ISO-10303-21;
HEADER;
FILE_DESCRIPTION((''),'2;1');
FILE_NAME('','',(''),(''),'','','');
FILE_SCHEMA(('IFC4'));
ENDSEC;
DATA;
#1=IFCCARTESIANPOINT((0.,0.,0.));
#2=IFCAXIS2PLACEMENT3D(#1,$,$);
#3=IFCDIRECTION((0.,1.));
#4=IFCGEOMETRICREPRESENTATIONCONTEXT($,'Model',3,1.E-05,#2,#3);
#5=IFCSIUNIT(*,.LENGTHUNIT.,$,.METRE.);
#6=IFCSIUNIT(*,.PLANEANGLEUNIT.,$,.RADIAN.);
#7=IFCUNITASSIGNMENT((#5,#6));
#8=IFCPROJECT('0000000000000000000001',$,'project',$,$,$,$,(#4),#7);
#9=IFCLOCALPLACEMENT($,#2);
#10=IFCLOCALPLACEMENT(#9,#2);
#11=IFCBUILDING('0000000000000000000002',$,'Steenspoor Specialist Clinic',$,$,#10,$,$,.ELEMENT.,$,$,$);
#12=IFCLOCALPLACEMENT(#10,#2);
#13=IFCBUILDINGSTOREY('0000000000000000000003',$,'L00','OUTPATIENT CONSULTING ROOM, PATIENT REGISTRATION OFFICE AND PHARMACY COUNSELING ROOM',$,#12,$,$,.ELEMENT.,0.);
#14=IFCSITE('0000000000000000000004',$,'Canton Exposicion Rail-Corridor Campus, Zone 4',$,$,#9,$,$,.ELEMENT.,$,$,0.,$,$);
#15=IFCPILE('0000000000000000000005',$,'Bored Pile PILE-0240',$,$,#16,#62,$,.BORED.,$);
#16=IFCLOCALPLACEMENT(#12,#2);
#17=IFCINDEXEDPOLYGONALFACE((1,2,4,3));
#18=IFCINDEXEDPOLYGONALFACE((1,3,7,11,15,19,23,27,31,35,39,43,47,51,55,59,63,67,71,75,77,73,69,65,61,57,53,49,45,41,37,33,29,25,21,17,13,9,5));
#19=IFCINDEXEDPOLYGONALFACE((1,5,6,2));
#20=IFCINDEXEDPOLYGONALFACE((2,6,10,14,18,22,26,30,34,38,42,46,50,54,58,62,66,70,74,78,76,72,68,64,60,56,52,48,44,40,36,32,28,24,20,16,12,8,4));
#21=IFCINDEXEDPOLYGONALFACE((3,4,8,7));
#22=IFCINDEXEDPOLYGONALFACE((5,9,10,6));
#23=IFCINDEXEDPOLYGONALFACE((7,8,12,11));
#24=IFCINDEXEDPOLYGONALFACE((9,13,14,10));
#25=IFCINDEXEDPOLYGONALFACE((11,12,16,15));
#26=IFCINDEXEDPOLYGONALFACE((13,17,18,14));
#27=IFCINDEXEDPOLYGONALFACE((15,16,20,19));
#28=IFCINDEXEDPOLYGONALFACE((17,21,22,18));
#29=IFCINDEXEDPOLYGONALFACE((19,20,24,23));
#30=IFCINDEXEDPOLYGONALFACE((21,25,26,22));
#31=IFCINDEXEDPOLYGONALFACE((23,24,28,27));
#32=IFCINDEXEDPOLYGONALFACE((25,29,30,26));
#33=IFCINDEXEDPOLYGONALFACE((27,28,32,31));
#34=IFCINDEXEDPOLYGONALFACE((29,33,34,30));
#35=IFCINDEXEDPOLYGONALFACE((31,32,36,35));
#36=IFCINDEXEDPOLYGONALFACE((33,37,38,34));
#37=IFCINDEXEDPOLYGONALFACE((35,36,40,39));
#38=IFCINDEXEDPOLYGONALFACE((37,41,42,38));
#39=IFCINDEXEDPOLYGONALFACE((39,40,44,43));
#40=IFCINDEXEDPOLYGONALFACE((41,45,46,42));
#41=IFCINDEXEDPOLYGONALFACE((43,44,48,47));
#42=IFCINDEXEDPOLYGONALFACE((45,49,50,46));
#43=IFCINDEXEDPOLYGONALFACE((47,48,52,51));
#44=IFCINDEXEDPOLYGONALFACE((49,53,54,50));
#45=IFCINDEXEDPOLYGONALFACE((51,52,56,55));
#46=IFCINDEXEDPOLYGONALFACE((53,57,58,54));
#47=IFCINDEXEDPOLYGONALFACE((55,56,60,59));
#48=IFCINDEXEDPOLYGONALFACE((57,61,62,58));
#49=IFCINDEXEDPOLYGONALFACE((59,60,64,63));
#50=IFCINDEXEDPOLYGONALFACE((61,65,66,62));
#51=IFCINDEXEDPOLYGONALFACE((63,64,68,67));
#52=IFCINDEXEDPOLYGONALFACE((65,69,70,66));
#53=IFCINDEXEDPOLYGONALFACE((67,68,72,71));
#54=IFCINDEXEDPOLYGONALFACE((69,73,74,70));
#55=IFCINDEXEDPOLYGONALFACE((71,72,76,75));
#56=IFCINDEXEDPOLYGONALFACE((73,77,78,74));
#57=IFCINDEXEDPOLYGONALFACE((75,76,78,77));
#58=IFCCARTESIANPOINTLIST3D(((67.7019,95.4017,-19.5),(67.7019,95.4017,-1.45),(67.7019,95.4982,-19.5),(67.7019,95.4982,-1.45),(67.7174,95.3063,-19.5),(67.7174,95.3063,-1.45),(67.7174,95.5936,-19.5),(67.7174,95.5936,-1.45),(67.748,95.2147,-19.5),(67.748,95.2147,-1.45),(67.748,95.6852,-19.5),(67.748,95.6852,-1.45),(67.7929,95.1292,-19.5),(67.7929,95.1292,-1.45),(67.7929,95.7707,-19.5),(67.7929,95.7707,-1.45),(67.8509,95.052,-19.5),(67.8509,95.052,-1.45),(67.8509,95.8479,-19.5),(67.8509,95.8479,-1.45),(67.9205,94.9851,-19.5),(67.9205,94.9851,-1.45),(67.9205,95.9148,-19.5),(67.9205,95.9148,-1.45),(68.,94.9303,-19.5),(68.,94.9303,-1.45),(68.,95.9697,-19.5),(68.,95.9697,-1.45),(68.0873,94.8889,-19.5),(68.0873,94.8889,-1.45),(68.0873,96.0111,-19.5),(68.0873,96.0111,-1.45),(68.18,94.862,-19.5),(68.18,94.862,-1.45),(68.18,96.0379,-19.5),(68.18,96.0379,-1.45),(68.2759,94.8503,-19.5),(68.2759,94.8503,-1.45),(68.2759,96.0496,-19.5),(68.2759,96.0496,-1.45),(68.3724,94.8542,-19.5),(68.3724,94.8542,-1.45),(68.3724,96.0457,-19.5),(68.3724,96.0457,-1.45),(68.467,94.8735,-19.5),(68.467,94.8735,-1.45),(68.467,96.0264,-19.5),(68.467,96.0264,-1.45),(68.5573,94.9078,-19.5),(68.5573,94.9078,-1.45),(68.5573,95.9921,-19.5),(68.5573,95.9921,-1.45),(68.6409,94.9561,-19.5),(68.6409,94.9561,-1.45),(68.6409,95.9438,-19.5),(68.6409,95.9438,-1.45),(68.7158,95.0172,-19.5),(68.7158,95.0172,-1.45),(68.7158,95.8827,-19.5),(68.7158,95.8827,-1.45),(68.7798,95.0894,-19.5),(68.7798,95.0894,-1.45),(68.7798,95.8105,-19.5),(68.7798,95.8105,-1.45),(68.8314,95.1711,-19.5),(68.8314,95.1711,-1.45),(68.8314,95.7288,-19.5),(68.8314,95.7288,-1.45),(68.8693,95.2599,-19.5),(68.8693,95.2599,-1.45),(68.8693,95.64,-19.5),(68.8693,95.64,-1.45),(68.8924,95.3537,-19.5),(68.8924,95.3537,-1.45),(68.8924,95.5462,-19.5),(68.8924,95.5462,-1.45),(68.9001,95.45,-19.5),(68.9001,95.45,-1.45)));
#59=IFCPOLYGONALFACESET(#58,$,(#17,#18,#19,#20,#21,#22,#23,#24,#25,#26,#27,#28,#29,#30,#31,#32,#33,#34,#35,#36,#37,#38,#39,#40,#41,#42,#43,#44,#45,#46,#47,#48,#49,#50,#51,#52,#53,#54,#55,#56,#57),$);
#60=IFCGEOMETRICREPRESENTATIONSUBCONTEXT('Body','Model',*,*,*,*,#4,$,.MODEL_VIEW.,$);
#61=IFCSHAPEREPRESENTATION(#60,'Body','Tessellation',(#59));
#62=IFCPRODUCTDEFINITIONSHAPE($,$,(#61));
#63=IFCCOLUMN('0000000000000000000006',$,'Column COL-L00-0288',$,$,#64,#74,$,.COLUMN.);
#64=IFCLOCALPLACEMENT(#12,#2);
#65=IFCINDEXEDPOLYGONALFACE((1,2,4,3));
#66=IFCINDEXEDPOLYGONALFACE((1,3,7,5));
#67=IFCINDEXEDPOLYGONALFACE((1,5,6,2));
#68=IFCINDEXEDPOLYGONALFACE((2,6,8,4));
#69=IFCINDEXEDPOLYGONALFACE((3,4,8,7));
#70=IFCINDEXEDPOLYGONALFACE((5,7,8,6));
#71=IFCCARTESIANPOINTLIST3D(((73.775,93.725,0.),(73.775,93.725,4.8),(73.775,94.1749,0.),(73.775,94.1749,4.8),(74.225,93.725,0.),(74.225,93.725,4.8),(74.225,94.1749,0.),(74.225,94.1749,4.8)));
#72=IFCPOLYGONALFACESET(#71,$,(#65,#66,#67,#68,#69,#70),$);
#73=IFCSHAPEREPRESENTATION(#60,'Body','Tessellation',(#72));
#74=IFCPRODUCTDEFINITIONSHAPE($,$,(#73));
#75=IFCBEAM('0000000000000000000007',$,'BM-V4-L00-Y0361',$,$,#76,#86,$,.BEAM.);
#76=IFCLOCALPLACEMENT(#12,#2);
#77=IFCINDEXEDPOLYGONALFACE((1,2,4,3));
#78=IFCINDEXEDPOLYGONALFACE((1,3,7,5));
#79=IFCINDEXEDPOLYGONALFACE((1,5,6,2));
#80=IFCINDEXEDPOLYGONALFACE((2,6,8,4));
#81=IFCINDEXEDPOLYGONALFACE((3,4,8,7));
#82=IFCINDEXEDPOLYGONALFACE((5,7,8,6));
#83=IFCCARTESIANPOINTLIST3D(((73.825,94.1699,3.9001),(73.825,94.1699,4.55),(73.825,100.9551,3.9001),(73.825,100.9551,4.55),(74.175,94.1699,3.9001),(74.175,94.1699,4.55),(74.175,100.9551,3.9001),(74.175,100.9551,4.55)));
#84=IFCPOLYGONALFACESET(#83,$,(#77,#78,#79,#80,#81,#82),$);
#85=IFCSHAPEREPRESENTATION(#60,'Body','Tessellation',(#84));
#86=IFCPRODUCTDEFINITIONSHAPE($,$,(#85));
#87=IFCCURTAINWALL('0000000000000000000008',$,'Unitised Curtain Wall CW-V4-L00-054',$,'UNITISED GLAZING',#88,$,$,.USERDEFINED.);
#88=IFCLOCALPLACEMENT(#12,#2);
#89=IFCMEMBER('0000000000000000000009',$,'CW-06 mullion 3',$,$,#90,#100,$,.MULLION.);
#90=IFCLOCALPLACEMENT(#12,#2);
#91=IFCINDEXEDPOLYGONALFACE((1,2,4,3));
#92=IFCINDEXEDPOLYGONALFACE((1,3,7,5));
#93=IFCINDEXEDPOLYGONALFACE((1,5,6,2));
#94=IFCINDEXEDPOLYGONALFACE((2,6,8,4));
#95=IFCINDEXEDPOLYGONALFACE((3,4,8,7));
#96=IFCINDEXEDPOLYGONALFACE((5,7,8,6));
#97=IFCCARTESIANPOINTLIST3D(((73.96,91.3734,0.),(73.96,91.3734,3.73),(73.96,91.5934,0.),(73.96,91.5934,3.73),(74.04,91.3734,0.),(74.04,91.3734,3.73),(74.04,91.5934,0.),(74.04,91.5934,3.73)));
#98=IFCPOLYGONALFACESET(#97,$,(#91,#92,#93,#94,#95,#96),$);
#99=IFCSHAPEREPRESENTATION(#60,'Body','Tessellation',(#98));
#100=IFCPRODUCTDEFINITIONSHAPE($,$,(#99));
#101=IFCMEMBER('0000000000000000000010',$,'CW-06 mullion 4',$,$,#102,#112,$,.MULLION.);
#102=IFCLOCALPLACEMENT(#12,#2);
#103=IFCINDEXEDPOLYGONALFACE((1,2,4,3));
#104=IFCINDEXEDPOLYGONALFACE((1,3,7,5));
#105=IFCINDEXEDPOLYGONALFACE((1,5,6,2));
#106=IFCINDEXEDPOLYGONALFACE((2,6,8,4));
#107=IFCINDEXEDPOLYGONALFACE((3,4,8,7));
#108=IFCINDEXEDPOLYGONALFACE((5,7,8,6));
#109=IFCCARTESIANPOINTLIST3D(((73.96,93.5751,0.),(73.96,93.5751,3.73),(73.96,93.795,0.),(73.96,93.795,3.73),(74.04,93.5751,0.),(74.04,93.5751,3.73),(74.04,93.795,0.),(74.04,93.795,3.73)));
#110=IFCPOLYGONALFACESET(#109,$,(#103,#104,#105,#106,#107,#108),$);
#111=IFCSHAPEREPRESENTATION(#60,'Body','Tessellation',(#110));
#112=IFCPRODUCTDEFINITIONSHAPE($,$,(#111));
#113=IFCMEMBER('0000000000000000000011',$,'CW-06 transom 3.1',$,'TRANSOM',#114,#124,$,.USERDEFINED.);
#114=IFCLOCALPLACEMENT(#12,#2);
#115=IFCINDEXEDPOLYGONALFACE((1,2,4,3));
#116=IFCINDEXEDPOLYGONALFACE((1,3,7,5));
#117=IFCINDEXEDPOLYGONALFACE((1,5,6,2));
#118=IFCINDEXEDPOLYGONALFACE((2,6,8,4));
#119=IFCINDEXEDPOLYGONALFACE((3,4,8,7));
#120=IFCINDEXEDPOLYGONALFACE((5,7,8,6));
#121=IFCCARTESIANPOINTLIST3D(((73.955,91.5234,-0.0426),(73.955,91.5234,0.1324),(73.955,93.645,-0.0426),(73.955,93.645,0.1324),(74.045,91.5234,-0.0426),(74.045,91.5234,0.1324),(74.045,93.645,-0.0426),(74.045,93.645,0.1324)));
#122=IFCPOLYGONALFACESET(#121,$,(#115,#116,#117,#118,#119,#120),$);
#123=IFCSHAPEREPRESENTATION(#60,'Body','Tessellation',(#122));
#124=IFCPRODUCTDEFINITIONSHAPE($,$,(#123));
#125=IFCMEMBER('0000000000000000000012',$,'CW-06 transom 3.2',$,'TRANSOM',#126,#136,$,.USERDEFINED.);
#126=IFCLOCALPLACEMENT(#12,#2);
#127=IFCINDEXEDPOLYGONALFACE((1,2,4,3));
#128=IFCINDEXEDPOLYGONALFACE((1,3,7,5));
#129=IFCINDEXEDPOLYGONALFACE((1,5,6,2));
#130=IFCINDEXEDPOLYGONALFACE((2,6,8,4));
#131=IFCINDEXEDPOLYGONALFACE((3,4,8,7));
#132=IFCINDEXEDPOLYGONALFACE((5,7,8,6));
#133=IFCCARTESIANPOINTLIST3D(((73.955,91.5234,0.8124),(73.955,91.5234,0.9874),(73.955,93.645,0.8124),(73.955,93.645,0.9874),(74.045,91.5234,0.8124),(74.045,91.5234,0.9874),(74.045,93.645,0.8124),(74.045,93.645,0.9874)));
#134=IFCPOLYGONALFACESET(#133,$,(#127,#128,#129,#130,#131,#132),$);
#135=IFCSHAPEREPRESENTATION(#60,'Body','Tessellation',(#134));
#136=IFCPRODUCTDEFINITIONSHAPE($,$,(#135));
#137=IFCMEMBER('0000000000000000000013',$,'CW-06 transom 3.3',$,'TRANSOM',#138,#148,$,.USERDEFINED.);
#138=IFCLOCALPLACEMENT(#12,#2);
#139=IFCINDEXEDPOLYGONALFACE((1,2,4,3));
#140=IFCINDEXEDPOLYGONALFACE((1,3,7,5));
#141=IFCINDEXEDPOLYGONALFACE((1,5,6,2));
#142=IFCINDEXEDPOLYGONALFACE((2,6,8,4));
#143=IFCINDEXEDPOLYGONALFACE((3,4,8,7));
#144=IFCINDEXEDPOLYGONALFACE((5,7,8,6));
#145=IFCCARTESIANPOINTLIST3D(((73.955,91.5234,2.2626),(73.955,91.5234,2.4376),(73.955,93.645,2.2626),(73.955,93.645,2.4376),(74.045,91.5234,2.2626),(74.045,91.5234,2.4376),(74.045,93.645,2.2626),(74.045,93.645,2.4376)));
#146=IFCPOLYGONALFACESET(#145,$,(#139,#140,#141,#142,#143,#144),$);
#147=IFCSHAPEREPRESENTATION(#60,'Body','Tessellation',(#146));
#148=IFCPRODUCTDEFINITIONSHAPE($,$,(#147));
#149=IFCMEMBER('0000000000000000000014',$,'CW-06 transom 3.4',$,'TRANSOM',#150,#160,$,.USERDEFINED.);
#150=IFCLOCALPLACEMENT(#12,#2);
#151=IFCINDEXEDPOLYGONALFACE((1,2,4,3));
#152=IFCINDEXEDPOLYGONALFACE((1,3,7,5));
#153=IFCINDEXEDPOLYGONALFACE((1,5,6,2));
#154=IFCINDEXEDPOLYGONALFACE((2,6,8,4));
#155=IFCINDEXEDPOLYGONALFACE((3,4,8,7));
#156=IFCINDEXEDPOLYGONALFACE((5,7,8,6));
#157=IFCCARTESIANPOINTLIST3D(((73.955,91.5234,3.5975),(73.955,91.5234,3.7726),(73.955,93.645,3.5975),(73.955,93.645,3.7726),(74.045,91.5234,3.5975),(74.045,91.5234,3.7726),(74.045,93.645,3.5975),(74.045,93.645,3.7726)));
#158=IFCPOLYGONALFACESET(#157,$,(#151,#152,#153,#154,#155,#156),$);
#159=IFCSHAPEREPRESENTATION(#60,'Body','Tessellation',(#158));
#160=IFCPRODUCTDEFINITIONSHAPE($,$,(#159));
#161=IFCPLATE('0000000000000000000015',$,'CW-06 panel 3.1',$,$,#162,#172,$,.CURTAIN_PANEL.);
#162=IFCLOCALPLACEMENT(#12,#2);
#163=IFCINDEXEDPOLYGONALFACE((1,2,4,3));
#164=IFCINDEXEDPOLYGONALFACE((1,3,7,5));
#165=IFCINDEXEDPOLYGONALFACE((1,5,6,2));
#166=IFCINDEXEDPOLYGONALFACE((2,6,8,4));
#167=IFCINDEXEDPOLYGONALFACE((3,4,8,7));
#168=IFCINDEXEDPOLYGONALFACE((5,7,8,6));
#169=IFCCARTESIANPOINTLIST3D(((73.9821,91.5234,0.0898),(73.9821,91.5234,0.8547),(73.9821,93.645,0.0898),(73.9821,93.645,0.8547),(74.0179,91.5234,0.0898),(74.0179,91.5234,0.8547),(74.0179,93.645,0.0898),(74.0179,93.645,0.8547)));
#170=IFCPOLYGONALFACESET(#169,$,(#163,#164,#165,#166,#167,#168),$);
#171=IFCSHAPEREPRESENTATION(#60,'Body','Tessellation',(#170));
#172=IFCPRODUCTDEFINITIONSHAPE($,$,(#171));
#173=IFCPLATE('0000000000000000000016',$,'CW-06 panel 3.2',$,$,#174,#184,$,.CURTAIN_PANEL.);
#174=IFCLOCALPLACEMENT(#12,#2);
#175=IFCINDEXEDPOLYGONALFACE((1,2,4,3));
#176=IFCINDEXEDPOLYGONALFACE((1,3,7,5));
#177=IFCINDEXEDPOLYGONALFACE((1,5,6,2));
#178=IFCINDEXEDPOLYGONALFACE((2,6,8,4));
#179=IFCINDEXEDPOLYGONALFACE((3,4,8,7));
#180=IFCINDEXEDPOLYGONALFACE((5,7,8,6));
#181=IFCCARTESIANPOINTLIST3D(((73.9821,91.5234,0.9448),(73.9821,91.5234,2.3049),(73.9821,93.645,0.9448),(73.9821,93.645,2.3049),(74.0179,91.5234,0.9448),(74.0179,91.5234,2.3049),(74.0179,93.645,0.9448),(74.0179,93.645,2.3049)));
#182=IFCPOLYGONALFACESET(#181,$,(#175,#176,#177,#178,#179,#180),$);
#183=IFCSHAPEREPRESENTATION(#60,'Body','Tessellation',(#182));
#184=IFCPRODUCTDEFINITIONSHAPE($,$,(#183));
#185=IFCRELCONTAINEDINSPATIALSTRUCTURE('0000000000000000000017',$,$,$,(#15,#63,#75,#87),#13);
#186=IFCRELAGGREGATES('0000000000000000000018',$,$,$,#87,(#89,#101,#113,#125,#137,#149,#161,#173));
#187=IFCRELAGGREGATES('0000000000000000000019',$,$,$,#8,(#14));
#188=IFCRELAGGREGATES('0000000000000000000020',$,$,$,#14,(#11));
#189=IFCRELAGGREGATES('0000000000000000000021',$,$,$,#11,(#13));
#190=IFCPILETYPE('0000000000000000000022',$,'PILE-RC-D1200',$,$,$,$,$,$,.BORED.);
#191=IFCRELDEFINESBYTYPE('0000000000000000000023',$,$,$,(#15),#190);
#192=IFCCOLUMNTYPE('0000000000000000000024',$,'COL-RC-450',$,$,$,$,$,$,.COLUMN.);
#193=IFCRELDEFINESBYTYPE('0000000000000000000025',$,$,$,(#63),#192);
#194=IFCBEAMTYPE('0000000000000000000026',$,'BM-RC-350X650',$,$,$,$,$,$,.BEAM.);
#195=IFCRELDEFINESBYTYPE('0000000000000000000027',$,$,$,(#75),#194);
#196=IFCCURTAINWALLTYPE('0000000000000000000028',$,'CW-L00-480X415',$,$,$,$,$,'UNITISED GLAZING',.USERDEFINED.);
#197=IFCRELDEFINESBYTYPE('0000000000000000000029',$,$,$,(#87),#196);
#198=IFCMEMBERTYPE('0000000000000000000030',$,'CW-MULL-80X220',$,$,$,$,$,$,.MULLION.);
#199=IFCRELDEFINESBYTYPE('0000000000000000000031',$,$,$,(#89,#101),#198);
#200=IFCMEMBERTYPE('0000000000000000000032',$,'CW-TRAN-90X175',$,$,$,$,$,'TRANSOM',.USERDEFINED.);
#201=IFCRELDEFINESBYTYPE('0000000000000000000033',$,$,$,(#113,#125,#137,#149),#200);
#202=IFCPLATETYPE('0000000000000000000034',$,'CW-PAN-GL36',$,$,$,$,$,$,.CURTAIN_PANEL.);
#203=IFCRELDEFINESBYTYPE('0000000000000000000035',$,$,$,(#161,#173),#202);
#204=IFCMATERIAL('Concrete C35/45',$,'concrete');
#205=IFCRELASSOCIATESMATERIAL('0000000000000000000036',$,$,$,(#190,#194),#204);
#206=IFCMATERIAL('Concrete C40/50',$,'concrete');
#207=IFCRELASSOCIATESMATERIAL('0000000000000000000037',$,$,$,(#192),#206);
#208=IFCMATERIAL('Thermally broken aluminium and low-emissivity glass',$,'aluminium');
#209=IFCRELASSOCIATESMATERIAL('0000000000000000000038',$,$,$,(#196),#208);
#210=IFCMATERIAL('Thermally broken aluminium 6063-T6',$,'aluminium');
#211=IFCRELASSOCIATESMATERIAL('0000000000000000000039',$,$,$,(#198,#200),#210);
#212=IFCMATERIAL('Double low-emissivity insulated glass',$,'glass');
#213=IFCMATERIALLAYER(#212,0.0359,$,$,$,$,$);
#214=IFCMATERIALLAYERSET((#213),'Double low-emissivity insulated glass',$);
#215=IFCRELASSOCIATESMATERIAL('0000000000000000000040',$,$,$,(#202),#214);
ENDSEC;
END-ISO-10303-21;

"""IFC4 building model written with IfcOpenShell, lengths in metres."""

from ifc_helpers import new_model, si_unit, direction, frame, origin, origin_2d, place, context, subcontext, project, spatial, rectangle, circle, extrude, material, layer, layer_set, material_profile, profile_set, type_object, element, aggregate, save


model = new_model("IFC4")

# Units and contexts
model_context = context("Model", 3, precision=1e-05, world=origin(), true_north=direction((0.0, 1.0)))
body_context = subcontext(model_context, "Body", "Model", "MODEL_VIEW")
ifc_project = project(units=[si_unit("LENGTHUNIT", "METRE"), si_unit("PLANEANGLEUNIT", "RADIAN")], contexts=[model_context])

# Site, building, storey
site_placement = place(None, origin())
site = spatial("IfcSite", under=ifc_project, at=site_placement, Name="Canton Exposicion Rail-Corridor Campus, Zone 4", CompositionType="ELEMENT", RefElevation=0.0)
building_placement = place(site_placement, origin())
building = spatial("IfcBuilding", under=site, at=building_placement, Name="Steenspoor Specialist Clinic", CompositionType="ELEMENT")
storey_placement = place(building_placement, origin())
storey = spatial("IfcBuildingStorey", under=building, at=storey_placement, Name="L00", Description="OUTPATIENT CONSULTING ROOM, PATIENT REGISTRATION OFFICE AND PHARMACY COUNSELING ROOM", CompositionType="ELEMENT", Elevation=0.0)

# Shared definitions
ifc_material_1 = material(Name="Concrete C35/45", Category="concrete")

# Pile
ifc_material_profile_1 = material_profile(ifc_material_1, circle(Radius=0.6001, at=origin_2d()), Name="PILE-D1200")
ifc_profile_set_1 = profile_set([ifc_material_profile_1], Name="Concrete C35/45")
pile_type_1 = type_object("IfcPileType", Name="PILE-RC-D1200", PredefinedType="BORED", material=ifc_profile_set_1)
for number, where, z_axis, x_axis, name in (
    (1, (68.3, 95.45, -1.45), (0.0, 0.0, -1.0), (1.0, 0.0, 0.0), "Bored Pile PILE-0240"),
):
    element("IfcPile", number, at=place(storey_placement, frame(where, z_axis=z_axis, x_axis=x_axis)), inside=storey, type_object=pile_type_1, Name=name, PredefinedType="BORED", context=body_context, shape_type="SweptSolid", body=[
        extrude(circle(Radius=0.6001, at=origin_2d()), origin(), (0.0, 0.0, 1.0), 18.05),
    ])

# Column
ifc_material_2 = material(Name="Concrete C40/50", Category="concrete")
ifc_material_profile_2 = material_profile(ifc_material_2, rectangle(XDim=0.45, YDim=0.45, at=origin_2d()), Name="RC-COL-450X450")
ifc_profile_set_2 = profile_set([ifc_material_profile_2], Name="Concrete C40/50")
column_type = type_object("IfcColumnType", Name="COL-RC-450", PredefinedType="COLUMN", material=ifc_profile_set_2)
column_placement = place(storey_placement, frame((74.0, 93.95, 0.0), z_axis=(0.0, 0.0, 1.0), x_axis=(1.0, 0.0, 0.0)))
element("IfcColumn", 2, at=column_placement, inside=storey, type_object=column_type, Name="Column COL-L00-0288", PredefinedType="COLUMN", context=body_context, shape_type="SweptSolid", body=[
    extrude(rectangle(XDim=0.45, YDim=0.45, at=origin_2d()), origin(), (0.0, 0.0, 1.0), 4.8),
])

# Beam
ifc_material_profile_3 = material_profile(ifc_material_1, rectangle(XDim=0.3501, YDim=0.6499, at=origin_2d()), Name="RC-BM-350X650")
ifc_profile_set_3 = profile_set([ifc_material_profile_3], Name="Concrete C35/45")
beam_type = type_object("IfcBeamType", Name="BM-RC-350X650", PredefinedType="BEAM", material=ifc_profile_set_3)
beam_placement = place(storey_placement, frame((74.0, 94.1699, 4.2251), z_axis=(0.0, 1.0, 0.0), x_axis=(-1.0, 0.0, 0.0)))
element("IfcBeam", 3, at=beam_placement, inside=storey, type_object=beam_type, Name="BM-V4-L00-Y0361", PredefinedType="BEAM", context=body_context, shape_type="SweptSolid", body=[
    extrude(rectangle(XDim=0.3501, YDim=0.6499, at=origin_2d()), origin(), (0.0, 0.0, 1.0), 6.7852),
])

# Curtain wall, members, plates
ifc_material_3 = material(Name="Thermally broken aluminium and low-emissivity glass", Category="aluminium")
curtain_wall_type = type_object("IfcCurtainWallType", Name="CW-L00-480X415", ElementType="UNITISED GLAZING", PredefinedType="USERDEFINED", material=ifc_material_3)
curtain_wall_placement = place(storey_placement, origin())
curtain_wall = element("IfcCurtainWall", 4, at=curtain_wall_placement, inside=storey, type_object=curtain_wall_type, Name="Unitised Curtain Wall CW-V4-L00-054", ObjectType="UNITISED GLAZING", PredefinedType="USERDEFINED")
ifc_material_4 = material(Name="Thermally broken aluminium 6063-T6", Category="aluminium")
ifc_material_profile_4 = material_profile(ifc_material_4, rectangle(XDim=0.0801, YDim=0.22, at=origin_2d()), Name="CWM-80X220")
ifc_profile_set_4 = profile_set([ifc_material_profile_4], Name="Thermally broken aluminium 6063-T6")
member_type_1 = type_object("IfcMemberType", Name="CW-MULL-80X220", PredefinedType="MULLION", material=ifc_profile_set_4)
member_1_placement = place(storey_placement, frame((74.0, 91.4834, 0.0), z_axis=(0.0, 0.0, 1.0), x_axis=(-1.0, 0.0, 0.0)))
member_1 = element("IfcMember", 5, at=member_1_placement, type_object=member_type_1, Name="CW-06 mullion 3", PredefinedType="MULLION", context=body_context, shape_type="SweptSolid", body=[
    extrude(rectangle(XDim=0.0801, YDim=0.22, at=origin_2d()), origin(), (0.0, 0.0, 1.0), 3.73),
])
member_2_placement = place(storey_placement, frame((74.0, 93.6851, 0.0), z_axis=(0.0, 0.0, 1.0), x_axis=(-1.0, 0.0, 0.0)))
member_2 = element("IfcMember", 6, at=member_2_placement, type_object=member_type_1, Name="CW-06 mullion 4", PredefinedType="MULLION", context=body_context, shape_type="SweptSolid", body=[
    extrude(rectangle(XDim=0.0801, YDim=0.22, at=origin_2d()), origin(), (0.0, 0.0, 1.0), 3.73),
])
ifc_material_profile_5 = material_profile(ifc_material_4, rectangle(XDim=0.0901, YDim=0.175, at=origin_2d()), Name="CWT-90X175")
ifc_profile_set_5 = profile_set([ifc_material_profile_5], Name="Thermally broken aluminium 6063-T6")
member_type_2 = type_object("IfcMemberType", Name="CW-TRAN-90X175", ElementType="TRANSOM", PredefinedType="USERDEFINED", material=ifc_profile_set_5)
member_3_placement = place(storey_placement, frame((74.0, 91.5234, 0.0449), z_axis=(0.0, 1.0, 0.0), x_axis=(-1.0, 0.0, 0.0)))
member_3 = element("IfcMember", 7, at=member_3_placement, type_object=member_type_2, Name="CW-06 transom 3.1", ObjectType="TRANSOM", PredefinedType="USERDEFINED", context=body_context, shape_type="SweptSolid", body=[
    extrude(rectangle(XDim=0.0901, YDim=0.175, at=origin_2d()), origin(), (0.0, 0.0, 1.0), 2.1216),
])
member_4_placement = place(storey_placement, frame((74.0, 91.5234, 0.8999), z_axis=(0.0, 1.0, 0.0), x_axis=(-1.0, 0.0, 0.0)))
member_4 = element("IfcMember", 8, at=member_4_placement, type_object=member_type_2, Name="CW-06 transom 3.2", ObjectType="TRANSOM", PredefinedType="USERDEFINED", context=body_context, shape_type="SweptSolid", body=[
    extrude(rectangle(XDim=0.0901, YDim=0.175, at=origin_2d()), origin(), (0.0, 0.0, 1.0), 2.1216),
])
member_5_placement = place(storey_placement, frame((74.0, 91.5234, 2.3501), z_axis=(0.0, 1.0, 0.0), x_axis=(-1.0, 0.0, 0.0)))
member_5 = element("IfcMember", 9, at=member_5_placement, type_object=member_type_2, Name="CW-06 transom 3.3", ObjectType="TRANSOM", PredefinedType="USERDEFINED", context=body_context, shape_type="SweptSolid", body=[
    extrude(rectangle(XDim=0.0901, YDim=0.175, at=origin_2d()), origin(), (0.0, 0.0, 1.0), 2.1216),
])
member_6_placement = place(storey_placement, frame((74.0, 91.5234, 3.6851), z_axis=(0.0, 1.0, 0.0), x_axis=(-1.0, 0.0, 0.0)))
member_6 = element("IfcMember", 10, at=member_6_placement, type_object=member_type_2, Name="CW-06 transom 3.4", ObjectType="TRANSOM", PredefinedType="USERDEFINED", context=body_context, shape_type="SweptSolid", body=[
    extrude(rectangle(XDim=0.0901, YDim=0.175, at=origin_2d()), origin(), (0.0, 0.0, 1.0), 2.1216),
])
ifc_material_5 = material(Name="Double low-emissivity insulated glass", Category="glass")
ifc_layer_1 = layer(ifc_material_5, 0.0359)
ifc_layer_set_1 = layer_set([ifc_layer_1], Name="Double low-emissivity insulated glass")
plate_type = type_object("IfcPlateType", Name="CW-PAN-GL36", PredefinedType="CURTAIN_PANEL", material=ifc_layer_set_1)
plate_1_placement = place(storey_placement, frame((74.0, 92.5842, 0.0898), z_axis=(0.0, 0.0, 1.0), x_axis=(0.0, 1.0, 0.0)))
plate_1 = element("IfcPlate", 11, at=plate_1_placement, type_object=plate_type, Name="CW-06 panel 3.1", PredefinedType="CURTAIN_PANEL", context=body_context, shape_type="SweptSolid", body=[
    extrude(rectangle(XDim=2.1216, YDim=0.0359, at=origin_2d()), origin(), (0.0, 0.0, 1.0), 0.7649),
])
plate_2_placement = place(storey_placement, frame((74.0, 92.5842, 0.9448), z_axis=(0.0, 0.0, 1.0), x_axis=(0.0, 1.0, 0.0)))
plate_2 = element("IfcPlate", 12, at=plate_2_placement, type_object=plate_type, Name="CW-06 panel 3.2", PredefinedType="CURTAIN_PANEL", context=body_context, shape_type="SweptSolid", body=[
    extrude(rectangle(XDim=2.1216, YDim=0.0359, at=origin_2d()), origin(), (0.0, 0.0, 1.0), 1.3601),
])
aggregate(curtain_wall, [member_1, member_2, member_3, member_4, member_5, member_6, plate_1, plate_2])

save(model, "model.ifc")
